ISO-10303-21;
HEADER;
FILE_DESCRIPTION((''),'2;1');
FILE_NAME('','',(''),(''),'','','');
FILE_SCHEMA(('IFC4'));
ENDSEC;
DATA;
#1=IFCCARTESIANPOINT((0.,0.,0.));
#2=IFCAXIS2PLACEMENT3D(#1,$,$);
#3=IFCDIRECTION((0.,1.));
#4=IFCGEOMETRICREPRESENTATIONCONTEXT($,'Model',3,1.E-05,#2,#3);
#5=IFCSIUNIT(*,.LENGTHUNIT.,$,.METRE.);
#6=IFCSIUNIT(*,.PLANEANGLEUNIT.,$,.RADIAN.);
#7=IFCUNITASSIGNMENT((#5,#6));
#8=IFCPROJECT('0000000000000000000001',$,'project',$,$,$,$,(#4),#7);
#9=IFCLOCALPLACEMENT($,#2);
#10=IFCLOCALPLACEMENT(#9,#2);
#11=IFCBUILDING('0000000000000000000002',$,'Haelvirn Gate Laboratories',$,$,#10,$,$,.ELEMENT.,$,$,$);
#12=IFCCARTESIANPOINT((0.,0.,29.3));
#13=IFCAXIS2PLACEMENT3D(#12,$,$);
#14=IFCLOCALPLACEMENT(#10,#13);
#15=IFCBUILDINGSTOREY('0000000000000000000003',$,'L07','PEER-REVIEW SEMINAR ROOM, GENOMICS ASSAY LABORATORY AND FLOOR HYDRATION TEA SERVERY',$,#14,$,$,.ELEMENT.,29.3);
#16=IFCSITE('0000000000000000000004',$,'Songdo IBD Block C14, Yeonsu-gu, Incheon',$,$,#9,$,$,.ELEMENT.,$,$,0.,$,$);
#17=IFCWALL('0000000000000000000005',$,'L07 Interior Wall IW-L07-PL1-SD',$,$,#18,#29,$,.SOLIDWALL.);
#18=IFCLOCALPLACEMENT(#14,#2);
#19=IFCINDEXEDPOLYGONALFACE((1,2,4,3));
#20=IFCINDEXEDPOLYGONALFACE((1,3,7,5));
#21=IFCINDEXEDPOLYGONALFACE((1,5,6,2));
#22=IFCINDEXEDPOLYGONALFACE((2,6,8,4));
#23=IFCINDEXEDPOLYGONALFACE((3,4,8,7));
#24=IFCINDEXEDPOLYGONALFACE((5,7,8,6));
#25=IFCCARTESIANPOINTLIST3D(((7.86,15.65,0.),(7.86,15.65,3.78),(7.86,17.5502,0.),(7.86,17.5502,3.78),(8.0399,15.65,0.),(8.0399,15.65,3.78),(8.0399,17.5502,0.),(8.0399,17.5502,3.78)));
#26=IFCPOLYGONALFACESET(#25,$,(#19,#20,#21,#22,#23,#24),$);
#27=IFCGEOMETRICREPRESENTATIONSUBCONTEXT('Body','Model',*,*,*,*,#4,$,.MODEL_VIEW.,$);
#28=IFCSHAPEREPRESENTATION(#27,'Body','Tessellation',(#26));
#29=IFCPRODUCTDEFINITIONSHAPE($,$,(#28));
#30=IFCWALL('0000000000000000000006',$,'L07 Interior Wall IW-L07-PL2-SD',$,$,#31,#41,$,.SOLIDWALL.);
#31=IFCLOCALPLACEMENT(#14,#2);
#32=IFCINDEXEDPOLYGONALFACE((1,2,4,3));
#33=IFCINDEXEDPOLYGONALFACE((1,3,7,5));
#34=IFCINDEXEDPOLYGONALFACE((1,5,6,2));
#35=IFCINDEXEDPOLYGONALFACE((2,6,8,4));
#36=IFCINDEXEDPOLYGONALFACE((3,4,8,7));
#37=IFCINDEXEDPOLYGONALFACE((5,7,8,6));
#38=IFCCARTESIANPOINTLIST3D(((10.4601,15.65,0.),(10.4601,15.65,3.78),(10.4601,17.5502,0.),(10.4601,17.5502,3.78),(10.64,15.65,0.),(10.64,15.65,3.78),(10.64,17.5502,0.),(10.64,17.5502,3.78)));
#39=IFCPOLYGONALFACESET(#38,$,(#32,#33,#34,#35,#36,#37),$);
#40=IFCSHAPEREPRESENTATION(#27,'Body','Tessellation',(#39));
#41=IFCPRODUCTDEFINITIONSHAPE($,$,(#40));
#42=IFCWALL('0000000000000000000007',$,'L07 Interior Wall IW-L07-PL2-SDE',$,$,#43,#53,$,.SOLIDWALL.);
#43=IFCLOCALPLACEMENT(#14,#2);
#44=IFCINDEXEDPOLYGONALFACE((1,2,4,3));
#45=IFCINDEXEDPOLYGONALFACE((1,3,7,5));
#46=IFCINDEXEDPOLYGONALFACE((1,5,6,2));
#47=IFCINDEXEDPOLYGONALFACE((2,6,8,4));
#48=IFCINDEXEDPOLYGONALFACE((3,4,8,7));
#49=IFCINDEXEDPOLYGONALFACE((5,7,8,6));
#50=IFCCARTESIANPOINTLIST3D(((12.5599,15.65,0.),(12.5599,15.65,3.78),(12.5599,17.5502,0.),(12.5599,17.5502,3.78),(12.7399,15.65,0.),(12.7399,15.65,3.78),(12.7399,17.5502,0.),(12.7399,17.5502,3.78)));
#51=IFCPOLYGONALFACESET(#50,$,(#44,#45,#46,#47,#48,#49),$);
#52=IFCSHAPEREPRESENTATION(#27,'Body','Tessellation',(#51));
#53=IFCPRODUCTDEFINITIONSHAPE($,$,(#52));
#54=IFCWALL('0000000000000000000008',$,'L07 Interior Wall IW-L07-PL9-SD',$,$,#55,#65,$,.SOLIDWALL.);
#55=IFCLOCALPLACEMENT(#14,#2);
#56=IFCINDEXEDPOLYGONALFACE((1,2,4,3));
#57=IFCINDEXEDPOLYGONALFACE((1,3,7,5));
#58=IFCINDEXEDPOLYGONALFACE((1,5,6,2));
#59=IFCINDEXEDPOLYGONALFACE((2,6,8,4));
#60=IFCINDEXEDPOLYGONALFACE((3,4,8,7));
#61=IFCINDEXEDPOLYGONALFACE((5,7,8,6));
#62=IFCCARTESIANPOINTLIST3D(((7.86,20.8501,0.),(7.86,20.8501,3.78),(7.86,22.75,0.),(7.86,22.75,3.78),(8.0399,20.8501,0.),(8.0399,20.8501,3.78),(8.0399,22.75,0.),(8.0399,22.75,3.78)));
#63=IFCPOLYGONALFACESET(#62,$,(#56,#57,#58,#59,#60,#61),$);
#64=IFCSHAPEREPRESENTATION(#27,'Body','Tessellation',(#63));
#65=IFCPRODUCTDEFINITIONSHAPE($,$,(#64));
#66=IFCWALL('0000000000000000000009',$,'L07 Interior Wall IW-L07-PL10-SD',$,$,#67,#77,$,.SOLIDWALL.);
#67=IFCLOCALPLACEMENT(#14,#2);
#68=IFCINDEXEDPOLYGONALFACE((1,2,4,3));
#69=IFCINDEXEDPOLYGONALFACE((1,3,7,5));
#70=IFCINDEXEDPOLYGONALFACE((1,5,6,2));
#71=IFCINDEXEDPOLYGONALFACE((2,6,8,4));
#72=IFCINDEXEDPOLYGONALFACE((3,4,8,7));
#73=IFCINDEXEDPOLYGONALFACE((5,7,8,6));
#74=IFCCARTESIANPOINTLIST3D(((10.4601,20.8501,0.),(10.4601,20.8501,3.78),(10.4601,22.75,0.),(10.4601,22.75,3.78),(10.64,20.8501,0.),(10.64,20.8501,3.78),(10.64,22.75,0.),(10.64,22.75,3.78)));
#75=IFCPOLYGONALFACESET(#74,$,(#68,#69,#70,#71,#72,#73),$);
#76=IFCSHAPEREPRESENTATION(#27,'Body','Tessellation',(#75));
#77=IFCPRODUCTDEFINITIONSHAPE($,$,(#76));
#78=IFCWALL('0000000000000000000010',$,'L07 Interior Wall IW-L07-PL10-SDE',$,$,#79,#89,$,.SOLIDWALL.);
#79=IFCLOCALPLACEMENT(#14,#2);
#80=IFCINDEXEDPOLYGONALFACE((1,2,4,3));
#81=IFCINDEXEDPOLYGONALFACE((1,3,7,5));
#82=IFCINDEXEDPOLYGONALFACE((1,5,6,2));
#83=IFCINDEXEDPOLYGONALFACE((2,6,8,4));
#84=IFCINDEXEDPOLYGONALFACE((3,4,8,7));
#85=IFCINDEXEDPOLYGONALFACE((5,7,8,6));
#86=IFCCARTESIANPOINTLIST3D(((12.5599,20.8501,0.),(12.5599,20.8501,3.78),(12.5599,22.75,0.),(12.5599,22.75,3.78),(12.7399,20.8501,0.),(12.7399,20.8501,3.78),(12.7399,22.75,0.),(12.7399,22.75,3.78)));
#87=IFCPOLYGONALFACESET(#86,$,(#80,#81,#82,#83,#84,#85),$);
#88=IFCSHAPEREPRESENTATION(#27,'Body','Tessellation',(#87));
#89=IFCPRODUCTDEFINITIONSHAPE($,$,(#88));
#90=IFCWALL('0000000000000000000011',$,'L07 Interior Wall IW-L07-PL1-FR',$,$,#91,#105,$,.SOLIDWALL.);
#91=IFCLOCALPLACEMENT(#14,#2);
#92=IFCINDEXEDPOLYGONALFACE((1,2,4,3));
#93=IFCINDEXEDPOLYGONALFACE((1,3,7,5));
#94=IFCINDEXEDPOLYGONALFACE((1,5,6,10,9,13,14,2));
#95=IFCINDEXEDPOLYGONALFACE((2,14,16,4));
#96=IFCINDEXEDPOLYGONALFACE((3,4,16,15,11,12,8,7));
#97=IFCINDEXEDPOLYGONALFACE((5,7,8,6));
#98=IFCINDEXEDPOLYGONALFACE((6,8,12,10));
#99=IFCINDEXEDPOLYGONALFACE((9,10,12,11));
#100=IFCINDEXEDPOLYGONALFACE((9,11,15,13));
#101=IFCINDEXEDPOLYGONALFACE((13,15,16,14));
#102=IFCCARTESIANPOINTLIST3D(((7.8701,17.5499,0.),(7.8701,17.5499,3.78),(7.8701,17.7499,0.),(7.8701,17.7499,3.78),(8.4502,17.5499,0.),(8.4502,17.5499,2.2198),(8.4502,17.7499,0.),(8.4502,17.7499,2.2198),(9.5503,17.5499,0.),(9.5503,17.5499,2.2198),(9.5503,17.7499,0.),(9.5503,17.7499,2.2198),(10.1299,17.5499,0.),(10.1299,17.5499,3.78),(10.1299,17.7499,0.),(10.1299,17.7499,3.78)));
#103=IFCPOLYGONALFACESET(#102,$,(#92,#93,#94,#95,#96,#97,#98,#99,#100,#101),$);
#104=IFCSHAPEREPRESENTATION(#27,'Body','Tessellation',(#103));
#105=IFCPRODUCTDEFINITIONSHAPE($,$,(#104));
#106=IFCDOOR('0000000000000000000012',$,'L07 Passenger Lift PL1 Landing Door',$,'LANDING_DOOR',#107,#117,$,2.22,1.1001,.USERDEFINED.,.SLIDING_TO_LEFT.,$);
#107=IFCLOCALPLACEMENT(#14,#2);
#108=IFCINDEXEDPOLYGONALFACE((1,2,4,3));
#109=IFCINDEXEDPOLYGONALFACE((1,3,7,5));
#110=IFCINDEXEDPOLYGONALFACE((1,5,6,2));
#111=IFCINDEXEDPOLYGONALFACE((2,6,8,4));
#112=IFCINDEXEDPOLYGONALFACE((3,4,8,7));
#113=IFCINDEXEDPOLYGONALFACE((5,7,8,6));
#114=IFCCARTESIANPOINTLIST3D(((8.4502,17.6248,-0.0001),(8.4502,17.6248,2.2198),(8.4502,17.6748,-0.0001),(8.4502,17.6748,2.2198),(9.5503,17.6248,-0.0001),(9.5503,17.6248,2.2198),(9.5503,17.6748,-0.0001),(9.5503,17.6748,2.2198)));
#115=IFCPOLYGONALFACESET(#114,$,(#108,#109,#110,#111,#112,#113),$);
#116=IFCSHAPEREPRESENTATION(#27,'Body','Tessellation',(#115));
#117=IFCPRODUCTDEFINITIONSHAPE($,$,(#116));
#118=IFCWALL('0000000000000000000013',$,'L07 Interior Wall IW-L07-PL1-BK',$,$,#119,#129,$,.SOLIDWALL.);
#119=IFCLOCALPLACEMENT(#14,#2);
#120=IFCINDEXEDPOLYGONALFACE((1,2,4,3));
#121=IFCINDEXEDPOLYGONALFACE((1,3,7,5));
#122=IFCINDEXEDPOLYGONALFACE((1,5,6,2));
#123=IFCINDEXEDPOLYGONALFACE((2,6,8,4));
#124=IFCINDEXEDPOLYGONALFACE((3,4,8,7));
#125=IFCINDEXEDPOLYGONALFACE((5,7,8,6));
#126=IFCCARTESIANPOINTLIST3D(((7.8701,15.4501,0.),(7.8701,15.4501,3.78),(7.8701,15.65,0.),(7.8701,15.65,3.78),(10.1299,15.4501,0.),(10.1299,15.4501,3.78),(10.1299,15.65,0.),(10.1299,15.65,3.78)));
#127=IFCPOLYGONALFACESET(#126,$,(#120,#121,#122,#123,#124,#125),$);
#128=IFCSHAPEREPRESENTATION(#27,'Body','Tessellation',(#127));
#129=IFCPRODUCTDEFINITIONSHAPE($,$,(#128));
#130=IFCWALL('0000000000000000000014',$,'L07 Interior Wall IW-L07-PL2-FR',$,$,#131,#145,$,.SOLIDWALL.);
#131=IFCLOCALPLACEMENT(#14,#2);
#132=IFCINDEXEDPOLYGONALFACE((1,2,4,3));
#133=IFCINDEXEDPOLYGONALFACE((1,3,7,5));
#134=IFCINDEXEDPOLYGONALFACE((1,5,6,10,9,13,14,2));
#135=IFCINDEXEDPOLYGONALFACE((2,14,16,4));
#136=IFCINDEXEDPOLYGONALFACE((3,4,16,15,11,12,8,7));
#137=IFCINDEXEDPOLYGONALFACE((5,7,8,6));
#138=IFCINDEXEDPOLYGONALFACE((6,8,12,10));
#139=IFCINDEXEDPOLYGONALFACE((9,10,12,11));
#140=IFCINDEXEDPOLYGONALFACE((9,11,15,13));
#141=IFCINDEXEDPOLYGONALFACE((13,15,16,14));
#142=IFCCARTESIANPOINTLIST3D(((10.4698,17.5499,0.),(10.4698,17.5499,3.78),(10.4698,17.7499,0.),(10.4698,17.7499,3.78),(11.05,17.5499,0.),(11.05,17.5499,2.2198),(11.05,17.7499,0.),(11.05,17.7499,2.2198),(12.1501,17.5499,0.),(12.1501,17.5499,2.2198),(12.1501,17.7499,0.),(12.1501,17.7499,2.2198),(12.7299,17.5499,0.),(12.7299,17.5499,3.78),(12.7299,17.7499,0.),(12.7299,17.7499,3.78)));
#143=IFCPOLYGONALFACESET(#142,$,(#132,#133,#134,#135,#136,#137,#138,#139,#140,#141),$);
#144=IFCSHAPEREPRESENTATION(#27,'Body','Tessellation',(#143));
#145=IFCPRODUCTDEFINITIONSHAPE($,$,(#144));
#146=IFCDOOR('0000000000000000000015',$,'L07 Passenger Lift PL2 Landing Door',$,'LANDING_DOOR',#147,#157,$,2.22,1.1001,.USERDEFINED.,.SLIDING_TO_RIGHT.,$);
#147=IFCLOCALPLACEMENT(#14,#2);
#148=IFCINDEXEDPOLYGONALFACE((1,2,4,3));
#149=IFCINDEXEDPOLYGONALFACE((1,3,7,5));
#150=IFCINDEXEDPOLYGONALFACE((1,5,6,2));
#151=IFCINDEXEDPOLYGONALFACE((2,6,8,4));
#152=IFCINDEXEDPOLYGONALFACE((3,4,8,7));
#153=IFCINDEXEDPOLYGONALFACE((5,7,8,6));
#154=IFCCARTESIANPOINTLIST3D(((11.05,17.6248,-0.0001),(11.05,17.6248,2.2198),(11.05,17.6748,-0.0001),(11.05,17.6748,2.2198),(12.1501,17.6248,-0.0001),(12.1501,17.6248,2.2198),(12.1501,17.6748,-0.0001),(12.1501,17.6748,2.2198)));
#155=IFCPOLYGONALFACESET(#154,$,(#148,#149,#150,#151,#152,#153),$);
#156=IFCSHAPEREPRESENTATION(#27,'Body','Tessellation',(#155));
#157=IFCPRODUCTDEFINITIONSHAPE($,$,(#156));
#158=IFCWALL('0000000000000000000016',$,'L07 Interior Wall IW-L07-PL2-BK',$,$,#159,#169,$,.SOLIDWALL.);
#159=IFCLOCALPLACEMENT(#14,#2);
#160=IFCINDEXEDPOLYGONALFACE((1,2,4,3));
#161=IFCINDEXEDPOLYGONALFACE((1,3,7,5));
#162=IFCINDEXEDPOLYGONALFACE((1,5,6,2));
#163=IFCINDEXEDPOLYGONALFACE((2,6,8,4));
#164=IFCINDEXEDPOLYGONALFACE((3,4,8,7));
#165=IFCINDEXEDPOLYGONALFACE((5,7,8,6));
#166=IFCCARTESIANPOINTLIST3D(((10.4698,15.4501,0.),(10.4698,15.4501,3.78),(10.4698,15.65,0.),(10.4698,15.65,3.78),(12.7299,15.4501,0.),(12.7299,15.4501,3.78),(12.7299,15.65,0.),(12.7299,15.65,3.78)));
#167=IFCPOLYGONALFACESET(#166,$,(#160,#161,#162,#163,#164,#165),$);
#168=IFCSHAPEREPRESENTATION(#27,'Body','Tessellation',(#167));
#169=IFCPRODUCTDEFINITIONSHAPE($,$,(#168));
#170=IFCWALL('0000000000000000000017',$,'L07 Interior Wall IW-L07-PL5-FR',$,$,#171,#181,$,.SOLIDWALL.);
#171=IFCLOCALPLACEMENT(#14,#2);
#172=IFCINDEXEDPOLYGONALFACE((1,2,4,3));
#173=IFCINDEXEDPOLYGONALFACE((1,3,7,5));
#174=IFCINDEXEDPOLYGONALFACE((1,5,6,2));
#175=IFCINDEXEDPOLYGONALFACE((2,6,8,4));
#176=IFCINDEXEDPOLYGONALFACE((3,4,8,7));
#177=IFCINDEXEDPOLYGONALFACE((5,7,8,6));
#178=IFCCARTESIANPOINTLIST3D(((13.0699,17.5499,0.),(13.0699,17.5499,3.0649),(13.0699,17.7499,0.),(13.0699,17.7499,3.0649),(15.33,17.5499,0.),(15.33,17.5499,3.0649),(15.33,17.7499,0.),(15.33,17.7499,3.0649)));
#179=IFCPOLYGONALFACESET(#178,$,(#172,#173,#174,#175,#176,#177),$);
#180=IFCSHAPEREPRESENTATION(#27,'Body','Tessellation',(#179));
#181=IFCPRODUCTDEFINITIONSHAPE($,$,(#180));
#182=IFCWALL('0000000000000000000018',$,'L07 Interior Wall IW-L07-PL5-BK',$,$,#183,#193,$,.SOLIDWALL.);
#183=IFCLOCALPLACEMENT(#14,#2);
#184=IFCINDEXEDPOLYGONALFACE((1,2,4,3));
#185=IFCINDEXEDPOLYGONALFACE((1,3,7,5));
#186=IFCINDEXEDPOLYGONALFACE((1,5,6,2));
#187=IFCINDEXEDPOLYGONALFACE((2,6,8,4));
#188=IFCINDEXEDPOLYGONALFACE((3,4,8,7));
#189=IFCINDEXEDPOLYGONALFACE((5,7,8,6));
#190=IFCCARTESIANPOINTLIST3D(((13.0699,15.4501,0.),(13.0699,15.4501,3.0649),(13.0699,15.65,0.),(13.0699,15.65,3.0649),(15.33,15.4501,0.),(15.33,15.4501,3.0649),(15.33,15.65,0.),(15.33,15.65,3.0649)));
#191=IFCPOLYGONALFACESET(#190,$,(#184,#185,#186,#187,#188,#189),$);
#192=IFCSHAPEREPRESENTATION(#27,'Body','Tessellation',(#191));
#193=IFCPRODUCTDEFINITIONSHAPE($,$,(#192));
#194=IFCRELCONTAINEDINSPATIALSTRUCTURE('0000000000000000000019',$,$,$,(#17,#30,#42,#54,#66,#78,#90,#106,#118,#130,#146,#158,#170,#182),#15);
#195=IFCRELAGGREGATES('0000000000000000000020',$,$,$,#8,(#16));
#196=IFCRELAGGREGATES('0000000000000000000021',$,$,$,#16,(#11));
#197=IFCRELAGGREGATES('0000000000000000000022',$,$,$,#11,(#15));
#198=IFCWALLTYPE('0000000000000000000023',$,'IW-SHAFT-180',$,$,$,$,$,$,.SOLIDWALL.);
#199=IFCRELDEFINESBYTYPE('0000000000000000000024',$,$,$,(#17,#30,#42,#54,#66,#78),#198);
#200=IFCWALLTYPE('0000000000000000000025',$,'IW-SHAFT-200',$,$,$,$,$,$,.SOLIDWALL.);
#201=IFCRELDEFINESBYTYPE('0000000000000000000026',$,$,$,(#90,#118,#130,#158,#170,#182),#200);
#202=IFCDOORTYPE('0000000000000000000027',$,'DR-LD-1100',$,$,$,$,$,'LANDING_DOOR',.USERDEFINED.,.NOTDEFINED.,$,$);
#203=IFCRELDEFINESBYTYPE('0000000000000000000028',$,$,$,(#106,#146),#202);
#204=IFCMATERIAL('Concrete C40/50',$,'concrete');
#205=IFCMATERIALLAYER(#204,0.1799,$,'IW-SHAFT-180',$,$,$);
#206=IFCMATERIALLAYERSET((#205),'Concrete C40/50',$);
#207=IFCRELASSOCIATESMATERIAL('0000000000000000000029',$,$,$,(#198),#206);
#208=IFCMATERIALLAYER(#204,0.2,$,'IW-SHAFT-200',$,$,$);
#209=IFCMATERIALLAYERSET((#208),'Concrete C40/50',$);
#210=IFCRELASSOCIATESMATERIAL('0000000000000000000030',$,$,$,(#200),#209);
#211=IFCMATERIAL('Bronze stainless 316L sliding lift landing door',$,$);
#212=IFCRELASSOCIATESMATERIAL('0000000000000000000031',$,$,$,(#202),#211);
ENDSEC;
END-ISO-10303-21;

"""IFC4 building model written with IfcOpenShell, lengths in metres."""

from ifc_helpers import new_model, si_unit, direction, frame, frame_2d, origin, place, context, subcontext, project, spatial, rectangle, extrude, source, transform, mapped, material, layer, layer_set, type_object, type_shapes, element, fill, save


model = new_model("IFC4")

# Units and contexts
model_context = context("Model", 3, precision=1e-05, world=origin(), true_north=direction((0.0, 1.0)))
body_context = subcontext(model_context, "Body", "Model", "MODEL_VIEW")
ifc_project = project(units=[si_unit("LENGTHUNIT", "METRE"), si_unit("PLANEANGLEUNIT", "RADIAN")], contexts=[model_context])

# Site, building, storey
site_placement = place(None, origin())
site = spatial("IfcSite", under=ifc_project, at=site_placement, Name="Songdo IBD Block C14, Yeonsu-gu, Incheon", CompositionType="ELEMENT", RefElevation=0.0)
building_placement = place(site_placement, origin())
building = spatial("IfcBuilding", under=site, at=building_placement, Name="Haelvirn Gate Laboratories", CompositionType="ELEMENT")
storey_placement = place(building_placement, frame((0.0, 0.0, 29.3)))
storey = spatial("IfcBuildingStorey", under=building, at=storey_placement, Name="L07", Description="PEER-REVIEW SEMINAR ROOM, GENOMICS ASSAY LABORATORY AND FLOOR HYDRATION TEA SERVERY", CompositionType="ELEMENT", Elevation=29.3)

# Walls
ifc_material_1 = material(Name="Concrete C40/50", Category="concrete")
ifc_layer_1 = layer(ifc_material_1, 0.1799, Name="IW-SHAFT-180")
ifc_layer_set_1 = layer_set([ifc_layer_1], Name="Concrete C40/50")
wall_type_1 = type_object("IfcWallType", Name="IW-SHAFT-180", PredefinedType="SOLIDWALL", material=ifc_layer_set_1)
for number, where, z_axis, x_axis, name in (
    (1, (7.95, 15.6499, 0.0), (0.0, 0.0, 1.0), (0.0, 1.0, 0.0), "L07 Interior Wall IW-L07-PL1-SD"),
    (2, (10.55, 15.6499, 0.0), (0.0, 0.0, 1.0), (0.0, 1.0, 0.0), "L07 Interior Wall IW-L07-PL2-SD"),
    (3, (12.6499, 15.6499, 0.0), (0.0, 0.0, 1.0), (0.0, 1.0, 0.0), "L07 Interior Wall IW-L07-PL2-SDE"),
):
    element("IfcWall", number, at=place(storey_placement, frame(where, z_axis=z_axis, x_axis=x_axis)), inside=storey, type_object=wall_type_1, Name=name, PredefinedType="SOLIDWALL", context=body_context, shape_type="SweptSolid", body=[
        extrude(rectangle(XDim=1.9001, YDim=0.1799, at=frame_2d((0.9502, 0.0))), origin(), (0.0, 0.0, 1.0), 3.78),
    ])
for number, where, z_axis, x_axis, name in (
    (4, (7.95, 20.8501, 0.0), (0.0, 0.0, 1.0), (0.0, 1.0, 0.0), "L07 Interior Wall IW-L07-PL9-SD"),
    (5, (10.55, 20.8501, 0.0), (0.0, 0.0, 1.0), (0.0, 1.0, 0.0), "L07 Interior Wall IW-L07-PL10-SD"),
    (6, (12.6499, 20.8501, 0.0), (0.0, 0.0, 1.0), (0.0, 1.0, 0.0), "L07 Interior Wall IW-L07-PL10-SDE"),
):
    element("IfcWall", number, at=place(storey_placement, frame(where, z_axis=z_axis, x_axis=x_axis)), inside=storey, type_object=wall_type_1, Name=name, PredefinedType="SOLIDWALL", context=body_context, shape_type="SweptSolid", body=[
        extrude(rectangle(XDim=1.8999, YDim=0.1799, at=frame_2d((0.95, 0.0))), origin(), (0.0, 0.0, 1.0), 3.78),
    ])

# Wall, opening, door
ifc_layer_2 = layer(ifc_material_1, 0.2, Name="IW-SHAFT-200")
ifc_layer_set_2 = layer_set([ifc_layer_2], Name="Concrete C40/50")
wall_type_2 = type_object("IfcWallType", Name="IW-SHAFT-200", PredefinedType="SOLIDWALL", material=ifc_layer_set_2)
wall_1_placement = place(storey_placement, frame((7.8701, 17.6499, 0.0), z_axis=(0.0, 0.0, 1.0), x_axis=(1.0, 0.0, 0.0)))
wall_1 = element("IfcWall", 7, at=wall_1_placement, inside=storey, type_object=wall_type_2, Name="L07 Interior Wall IW-L07-PL1-FR", PredefinedType="SOLIDWALL", context=body_context, shape_type="SweptSolid", body=[
    extrude(rectangle(XDim=2.2598, YDim=0.2, at=frame_2d((1.1299, 0.0))), origin(), (0.0, 0.0, 1.0), 3.78),
])
opening_1_placement = place(wall_1_placement, frame((0.5801, 0.0, 0.0)))
opening_1 = element("IfcOpeningElement", 8, at=opening_1_placement, cuts=wall_1, PredefinedType="OPENING", context=body_context, shape_type="SweptSolid", body=[
    extrude(rectangle(XDim=1.1001, YDim=2.22, at=frame_2d((0.55, 1.1099))), frame((0.0, 0.1099, 0.0), z_axis=(0.0, -1.0, 0.0), x_axis=(1.0, 0.0, 0.0)), (0.0, 0.0, 1.0), 0.22),
])
ifc_material_2 = material(Name="Bronze stainless 316L sliding lift landing door")
door_type_1 = type_object("IfcDoorType", Name="DR-LD-1100", ElementType="LANDING_DOOR", OperationType="NOTDEFINED", PredefinedType="USERDEFINED", material=ifc_material_2)
shared_shape_1 = source(origin(), body_context, "Body", "SweptSolid", [
    extrude(rectangle(XDim=1.1001, YDim=2.22, at=frame_2d((0.55, 1.1099))), frame((0.0, 0.0249, 0.0), z_axis=(0.0, -1.0, 0.0), x_axis=(1.0, 0.0, 0.0)), (0.0, 0.0, 1.0), 0.05),
])
type_shapes(door_type_1, [shared_shape_1])
door_1_placement = place(opening_1_placement, origin())
door_1 = element("IfcDoor", 9, at=door_1_placement, inside=storey, type_object=door_type_1, Name="L07 Passenger Lift PL1 Landing Door", ObjectType="LANDING_DOOR", OperationType="SLIDING_TO_LEFT", OverallHeight=2.22, OverallWidth=1.1001, PredefinedType="USERDEFINED", context=body_context, shape_type="MappedRepresentation", body=[
    mapped(shared_shape_1, transform((0.0, 0.0, 0.0), scale=1.0)),
])
fill(opening_1, door_1)

# Wall
wall_2_placement = place(storey_placement, frame((7.8701, 15.55, 0.0), z_axis=(0.0, 0.0, 1.0), x_axis=(1.0, 0.0, 0.0)))
element("IfcWall", 10, at=wall_2_placement, inside=storey, type_object=wall_type_2, Name="L07 Interior Wall IW-L07-PL1-BK", PredefinedType="SOLIDWALL", context=body_context, shape_type="SweptSolid", body=[
    extrude(rectangle(XDim=2.2598, YDim=0.2, at=frame_2d((1.1299, 0.0))), origin(), (0.0, 0.0, 1.0), 3.78),
])

# Wall, opening, door
wall_3_placement = place(storey_placement, frame((10.47, 17.6499, 0.0), z_axis=(0.0, 0.0, 1.0), x_axis=(1.0, 0.0, 0.0)))
wall_3 = element("IfcWall", 11, at=wall_3_placement, inside=storey, type_object=wall_type_2, Name="L07 Interior Wall IW-L07-PL2-FR", PredefinedType="SOLIDWALL", context=body_context, shape_type="SweptSolid", body=[
    extrude(rectangle(XDim=2.26, YDim=0.2, at=frame_2d((1.1299, 0.0))), origin(), (0.0, 0.0, 1.0), 3.78),
])
opening_2_placement = place(wall_3_placement, frame((0.5801, 0.0, 0.0)))
opening_2 = element("IfcOpeningElement", 12, at=opening_2_placement, cuts=wall_3, PredefinedType="OPENING", context=body_context, shape_type="SweptSolid", body=[
    extrude(rectangle(XDim=1.1001, YDim=2.22, at=frame_2d((0.55, 1.1099))), frame((0.0, 0.1099, 0.0), z_axis=(0.0, -1.0, 0.0), x_axis=(1.0, 0.0, 0.0)), (0.0, 0.0, 1.0), 0.22),
])
door_2_placement = place(opening_2_placement, origin())
door_2 = element("IfcDoor", 13, at=door_2_placement, inside=storey, type_object=door_type_1, Name="L07 Passenger Lift PL2 Landing Door", ObjectType="LANDING_DOOR", OperationType="SLIDING_TO_RIGHT", OverallHeight=2.22, OverallWidth=1.1001, PredefinedType="USERDEFINED", context=body_context, shape_type="MappedRepresentation", body=[
    mapped(shared_shape_1, transform((0.0, 0.0, 0.0), scale=1.0)),
])
fill(opening_2, door_2)

# Walls
wall_4_placement = place(storey_placement, frame((10.47, 15.55, 0.0), z_axis=(0.0, 0.0, 1.0), x_axis=(1.0, 0.0, 0.0)))
element("IfcWall", 14, at=wall_4_placement, inside=storey, type_object=wall_type_2, Name="L07 Interior Wall IW-L07-PL2-BK", PredefinedType="SOLIDWALL", context=body_context, shape_type="SweptSolid", body=[
    extrude(rectangle(XDim=2.26, YDim=0.2, at=frame_2d((1.1299, 0.0))), origin(), (0.0, 0.0, 1.0), 3.78),
])
for number, where, z_axis, x_axis, name in (
    (15, (13.0701, 17.6499, 0.0), (0.0, 0.0, 1.0), (1.0, 0.0, 0.0), "L07 Interior Wall IW-L07-PL5-FR"),
    (16, (13.0701, 15.55, 0.0), (0.0, 0.0, 1.0), (1.0, 0.0, 0.0), "L07 Interior Wall IW-L07-PL5-BK"),
):
    element("IfcWall", number, at=place(storey_placement, frame(where, z_axis=z_axis, x_axis=x_axis)), inside=storey, type_object=wall_type_2, Name=name, PredefinedType="SOLIDWALL", context=body_context, shape_type="SweptSolid", body=[
        extrude(rectangle(XDim=2.26, YDim=0.2, at=frame_2d((1.1299, 0.0))), origin(), (0.0, 0.0, 1.0), 3.0649),
    ])

save(model, "model.ifc")
